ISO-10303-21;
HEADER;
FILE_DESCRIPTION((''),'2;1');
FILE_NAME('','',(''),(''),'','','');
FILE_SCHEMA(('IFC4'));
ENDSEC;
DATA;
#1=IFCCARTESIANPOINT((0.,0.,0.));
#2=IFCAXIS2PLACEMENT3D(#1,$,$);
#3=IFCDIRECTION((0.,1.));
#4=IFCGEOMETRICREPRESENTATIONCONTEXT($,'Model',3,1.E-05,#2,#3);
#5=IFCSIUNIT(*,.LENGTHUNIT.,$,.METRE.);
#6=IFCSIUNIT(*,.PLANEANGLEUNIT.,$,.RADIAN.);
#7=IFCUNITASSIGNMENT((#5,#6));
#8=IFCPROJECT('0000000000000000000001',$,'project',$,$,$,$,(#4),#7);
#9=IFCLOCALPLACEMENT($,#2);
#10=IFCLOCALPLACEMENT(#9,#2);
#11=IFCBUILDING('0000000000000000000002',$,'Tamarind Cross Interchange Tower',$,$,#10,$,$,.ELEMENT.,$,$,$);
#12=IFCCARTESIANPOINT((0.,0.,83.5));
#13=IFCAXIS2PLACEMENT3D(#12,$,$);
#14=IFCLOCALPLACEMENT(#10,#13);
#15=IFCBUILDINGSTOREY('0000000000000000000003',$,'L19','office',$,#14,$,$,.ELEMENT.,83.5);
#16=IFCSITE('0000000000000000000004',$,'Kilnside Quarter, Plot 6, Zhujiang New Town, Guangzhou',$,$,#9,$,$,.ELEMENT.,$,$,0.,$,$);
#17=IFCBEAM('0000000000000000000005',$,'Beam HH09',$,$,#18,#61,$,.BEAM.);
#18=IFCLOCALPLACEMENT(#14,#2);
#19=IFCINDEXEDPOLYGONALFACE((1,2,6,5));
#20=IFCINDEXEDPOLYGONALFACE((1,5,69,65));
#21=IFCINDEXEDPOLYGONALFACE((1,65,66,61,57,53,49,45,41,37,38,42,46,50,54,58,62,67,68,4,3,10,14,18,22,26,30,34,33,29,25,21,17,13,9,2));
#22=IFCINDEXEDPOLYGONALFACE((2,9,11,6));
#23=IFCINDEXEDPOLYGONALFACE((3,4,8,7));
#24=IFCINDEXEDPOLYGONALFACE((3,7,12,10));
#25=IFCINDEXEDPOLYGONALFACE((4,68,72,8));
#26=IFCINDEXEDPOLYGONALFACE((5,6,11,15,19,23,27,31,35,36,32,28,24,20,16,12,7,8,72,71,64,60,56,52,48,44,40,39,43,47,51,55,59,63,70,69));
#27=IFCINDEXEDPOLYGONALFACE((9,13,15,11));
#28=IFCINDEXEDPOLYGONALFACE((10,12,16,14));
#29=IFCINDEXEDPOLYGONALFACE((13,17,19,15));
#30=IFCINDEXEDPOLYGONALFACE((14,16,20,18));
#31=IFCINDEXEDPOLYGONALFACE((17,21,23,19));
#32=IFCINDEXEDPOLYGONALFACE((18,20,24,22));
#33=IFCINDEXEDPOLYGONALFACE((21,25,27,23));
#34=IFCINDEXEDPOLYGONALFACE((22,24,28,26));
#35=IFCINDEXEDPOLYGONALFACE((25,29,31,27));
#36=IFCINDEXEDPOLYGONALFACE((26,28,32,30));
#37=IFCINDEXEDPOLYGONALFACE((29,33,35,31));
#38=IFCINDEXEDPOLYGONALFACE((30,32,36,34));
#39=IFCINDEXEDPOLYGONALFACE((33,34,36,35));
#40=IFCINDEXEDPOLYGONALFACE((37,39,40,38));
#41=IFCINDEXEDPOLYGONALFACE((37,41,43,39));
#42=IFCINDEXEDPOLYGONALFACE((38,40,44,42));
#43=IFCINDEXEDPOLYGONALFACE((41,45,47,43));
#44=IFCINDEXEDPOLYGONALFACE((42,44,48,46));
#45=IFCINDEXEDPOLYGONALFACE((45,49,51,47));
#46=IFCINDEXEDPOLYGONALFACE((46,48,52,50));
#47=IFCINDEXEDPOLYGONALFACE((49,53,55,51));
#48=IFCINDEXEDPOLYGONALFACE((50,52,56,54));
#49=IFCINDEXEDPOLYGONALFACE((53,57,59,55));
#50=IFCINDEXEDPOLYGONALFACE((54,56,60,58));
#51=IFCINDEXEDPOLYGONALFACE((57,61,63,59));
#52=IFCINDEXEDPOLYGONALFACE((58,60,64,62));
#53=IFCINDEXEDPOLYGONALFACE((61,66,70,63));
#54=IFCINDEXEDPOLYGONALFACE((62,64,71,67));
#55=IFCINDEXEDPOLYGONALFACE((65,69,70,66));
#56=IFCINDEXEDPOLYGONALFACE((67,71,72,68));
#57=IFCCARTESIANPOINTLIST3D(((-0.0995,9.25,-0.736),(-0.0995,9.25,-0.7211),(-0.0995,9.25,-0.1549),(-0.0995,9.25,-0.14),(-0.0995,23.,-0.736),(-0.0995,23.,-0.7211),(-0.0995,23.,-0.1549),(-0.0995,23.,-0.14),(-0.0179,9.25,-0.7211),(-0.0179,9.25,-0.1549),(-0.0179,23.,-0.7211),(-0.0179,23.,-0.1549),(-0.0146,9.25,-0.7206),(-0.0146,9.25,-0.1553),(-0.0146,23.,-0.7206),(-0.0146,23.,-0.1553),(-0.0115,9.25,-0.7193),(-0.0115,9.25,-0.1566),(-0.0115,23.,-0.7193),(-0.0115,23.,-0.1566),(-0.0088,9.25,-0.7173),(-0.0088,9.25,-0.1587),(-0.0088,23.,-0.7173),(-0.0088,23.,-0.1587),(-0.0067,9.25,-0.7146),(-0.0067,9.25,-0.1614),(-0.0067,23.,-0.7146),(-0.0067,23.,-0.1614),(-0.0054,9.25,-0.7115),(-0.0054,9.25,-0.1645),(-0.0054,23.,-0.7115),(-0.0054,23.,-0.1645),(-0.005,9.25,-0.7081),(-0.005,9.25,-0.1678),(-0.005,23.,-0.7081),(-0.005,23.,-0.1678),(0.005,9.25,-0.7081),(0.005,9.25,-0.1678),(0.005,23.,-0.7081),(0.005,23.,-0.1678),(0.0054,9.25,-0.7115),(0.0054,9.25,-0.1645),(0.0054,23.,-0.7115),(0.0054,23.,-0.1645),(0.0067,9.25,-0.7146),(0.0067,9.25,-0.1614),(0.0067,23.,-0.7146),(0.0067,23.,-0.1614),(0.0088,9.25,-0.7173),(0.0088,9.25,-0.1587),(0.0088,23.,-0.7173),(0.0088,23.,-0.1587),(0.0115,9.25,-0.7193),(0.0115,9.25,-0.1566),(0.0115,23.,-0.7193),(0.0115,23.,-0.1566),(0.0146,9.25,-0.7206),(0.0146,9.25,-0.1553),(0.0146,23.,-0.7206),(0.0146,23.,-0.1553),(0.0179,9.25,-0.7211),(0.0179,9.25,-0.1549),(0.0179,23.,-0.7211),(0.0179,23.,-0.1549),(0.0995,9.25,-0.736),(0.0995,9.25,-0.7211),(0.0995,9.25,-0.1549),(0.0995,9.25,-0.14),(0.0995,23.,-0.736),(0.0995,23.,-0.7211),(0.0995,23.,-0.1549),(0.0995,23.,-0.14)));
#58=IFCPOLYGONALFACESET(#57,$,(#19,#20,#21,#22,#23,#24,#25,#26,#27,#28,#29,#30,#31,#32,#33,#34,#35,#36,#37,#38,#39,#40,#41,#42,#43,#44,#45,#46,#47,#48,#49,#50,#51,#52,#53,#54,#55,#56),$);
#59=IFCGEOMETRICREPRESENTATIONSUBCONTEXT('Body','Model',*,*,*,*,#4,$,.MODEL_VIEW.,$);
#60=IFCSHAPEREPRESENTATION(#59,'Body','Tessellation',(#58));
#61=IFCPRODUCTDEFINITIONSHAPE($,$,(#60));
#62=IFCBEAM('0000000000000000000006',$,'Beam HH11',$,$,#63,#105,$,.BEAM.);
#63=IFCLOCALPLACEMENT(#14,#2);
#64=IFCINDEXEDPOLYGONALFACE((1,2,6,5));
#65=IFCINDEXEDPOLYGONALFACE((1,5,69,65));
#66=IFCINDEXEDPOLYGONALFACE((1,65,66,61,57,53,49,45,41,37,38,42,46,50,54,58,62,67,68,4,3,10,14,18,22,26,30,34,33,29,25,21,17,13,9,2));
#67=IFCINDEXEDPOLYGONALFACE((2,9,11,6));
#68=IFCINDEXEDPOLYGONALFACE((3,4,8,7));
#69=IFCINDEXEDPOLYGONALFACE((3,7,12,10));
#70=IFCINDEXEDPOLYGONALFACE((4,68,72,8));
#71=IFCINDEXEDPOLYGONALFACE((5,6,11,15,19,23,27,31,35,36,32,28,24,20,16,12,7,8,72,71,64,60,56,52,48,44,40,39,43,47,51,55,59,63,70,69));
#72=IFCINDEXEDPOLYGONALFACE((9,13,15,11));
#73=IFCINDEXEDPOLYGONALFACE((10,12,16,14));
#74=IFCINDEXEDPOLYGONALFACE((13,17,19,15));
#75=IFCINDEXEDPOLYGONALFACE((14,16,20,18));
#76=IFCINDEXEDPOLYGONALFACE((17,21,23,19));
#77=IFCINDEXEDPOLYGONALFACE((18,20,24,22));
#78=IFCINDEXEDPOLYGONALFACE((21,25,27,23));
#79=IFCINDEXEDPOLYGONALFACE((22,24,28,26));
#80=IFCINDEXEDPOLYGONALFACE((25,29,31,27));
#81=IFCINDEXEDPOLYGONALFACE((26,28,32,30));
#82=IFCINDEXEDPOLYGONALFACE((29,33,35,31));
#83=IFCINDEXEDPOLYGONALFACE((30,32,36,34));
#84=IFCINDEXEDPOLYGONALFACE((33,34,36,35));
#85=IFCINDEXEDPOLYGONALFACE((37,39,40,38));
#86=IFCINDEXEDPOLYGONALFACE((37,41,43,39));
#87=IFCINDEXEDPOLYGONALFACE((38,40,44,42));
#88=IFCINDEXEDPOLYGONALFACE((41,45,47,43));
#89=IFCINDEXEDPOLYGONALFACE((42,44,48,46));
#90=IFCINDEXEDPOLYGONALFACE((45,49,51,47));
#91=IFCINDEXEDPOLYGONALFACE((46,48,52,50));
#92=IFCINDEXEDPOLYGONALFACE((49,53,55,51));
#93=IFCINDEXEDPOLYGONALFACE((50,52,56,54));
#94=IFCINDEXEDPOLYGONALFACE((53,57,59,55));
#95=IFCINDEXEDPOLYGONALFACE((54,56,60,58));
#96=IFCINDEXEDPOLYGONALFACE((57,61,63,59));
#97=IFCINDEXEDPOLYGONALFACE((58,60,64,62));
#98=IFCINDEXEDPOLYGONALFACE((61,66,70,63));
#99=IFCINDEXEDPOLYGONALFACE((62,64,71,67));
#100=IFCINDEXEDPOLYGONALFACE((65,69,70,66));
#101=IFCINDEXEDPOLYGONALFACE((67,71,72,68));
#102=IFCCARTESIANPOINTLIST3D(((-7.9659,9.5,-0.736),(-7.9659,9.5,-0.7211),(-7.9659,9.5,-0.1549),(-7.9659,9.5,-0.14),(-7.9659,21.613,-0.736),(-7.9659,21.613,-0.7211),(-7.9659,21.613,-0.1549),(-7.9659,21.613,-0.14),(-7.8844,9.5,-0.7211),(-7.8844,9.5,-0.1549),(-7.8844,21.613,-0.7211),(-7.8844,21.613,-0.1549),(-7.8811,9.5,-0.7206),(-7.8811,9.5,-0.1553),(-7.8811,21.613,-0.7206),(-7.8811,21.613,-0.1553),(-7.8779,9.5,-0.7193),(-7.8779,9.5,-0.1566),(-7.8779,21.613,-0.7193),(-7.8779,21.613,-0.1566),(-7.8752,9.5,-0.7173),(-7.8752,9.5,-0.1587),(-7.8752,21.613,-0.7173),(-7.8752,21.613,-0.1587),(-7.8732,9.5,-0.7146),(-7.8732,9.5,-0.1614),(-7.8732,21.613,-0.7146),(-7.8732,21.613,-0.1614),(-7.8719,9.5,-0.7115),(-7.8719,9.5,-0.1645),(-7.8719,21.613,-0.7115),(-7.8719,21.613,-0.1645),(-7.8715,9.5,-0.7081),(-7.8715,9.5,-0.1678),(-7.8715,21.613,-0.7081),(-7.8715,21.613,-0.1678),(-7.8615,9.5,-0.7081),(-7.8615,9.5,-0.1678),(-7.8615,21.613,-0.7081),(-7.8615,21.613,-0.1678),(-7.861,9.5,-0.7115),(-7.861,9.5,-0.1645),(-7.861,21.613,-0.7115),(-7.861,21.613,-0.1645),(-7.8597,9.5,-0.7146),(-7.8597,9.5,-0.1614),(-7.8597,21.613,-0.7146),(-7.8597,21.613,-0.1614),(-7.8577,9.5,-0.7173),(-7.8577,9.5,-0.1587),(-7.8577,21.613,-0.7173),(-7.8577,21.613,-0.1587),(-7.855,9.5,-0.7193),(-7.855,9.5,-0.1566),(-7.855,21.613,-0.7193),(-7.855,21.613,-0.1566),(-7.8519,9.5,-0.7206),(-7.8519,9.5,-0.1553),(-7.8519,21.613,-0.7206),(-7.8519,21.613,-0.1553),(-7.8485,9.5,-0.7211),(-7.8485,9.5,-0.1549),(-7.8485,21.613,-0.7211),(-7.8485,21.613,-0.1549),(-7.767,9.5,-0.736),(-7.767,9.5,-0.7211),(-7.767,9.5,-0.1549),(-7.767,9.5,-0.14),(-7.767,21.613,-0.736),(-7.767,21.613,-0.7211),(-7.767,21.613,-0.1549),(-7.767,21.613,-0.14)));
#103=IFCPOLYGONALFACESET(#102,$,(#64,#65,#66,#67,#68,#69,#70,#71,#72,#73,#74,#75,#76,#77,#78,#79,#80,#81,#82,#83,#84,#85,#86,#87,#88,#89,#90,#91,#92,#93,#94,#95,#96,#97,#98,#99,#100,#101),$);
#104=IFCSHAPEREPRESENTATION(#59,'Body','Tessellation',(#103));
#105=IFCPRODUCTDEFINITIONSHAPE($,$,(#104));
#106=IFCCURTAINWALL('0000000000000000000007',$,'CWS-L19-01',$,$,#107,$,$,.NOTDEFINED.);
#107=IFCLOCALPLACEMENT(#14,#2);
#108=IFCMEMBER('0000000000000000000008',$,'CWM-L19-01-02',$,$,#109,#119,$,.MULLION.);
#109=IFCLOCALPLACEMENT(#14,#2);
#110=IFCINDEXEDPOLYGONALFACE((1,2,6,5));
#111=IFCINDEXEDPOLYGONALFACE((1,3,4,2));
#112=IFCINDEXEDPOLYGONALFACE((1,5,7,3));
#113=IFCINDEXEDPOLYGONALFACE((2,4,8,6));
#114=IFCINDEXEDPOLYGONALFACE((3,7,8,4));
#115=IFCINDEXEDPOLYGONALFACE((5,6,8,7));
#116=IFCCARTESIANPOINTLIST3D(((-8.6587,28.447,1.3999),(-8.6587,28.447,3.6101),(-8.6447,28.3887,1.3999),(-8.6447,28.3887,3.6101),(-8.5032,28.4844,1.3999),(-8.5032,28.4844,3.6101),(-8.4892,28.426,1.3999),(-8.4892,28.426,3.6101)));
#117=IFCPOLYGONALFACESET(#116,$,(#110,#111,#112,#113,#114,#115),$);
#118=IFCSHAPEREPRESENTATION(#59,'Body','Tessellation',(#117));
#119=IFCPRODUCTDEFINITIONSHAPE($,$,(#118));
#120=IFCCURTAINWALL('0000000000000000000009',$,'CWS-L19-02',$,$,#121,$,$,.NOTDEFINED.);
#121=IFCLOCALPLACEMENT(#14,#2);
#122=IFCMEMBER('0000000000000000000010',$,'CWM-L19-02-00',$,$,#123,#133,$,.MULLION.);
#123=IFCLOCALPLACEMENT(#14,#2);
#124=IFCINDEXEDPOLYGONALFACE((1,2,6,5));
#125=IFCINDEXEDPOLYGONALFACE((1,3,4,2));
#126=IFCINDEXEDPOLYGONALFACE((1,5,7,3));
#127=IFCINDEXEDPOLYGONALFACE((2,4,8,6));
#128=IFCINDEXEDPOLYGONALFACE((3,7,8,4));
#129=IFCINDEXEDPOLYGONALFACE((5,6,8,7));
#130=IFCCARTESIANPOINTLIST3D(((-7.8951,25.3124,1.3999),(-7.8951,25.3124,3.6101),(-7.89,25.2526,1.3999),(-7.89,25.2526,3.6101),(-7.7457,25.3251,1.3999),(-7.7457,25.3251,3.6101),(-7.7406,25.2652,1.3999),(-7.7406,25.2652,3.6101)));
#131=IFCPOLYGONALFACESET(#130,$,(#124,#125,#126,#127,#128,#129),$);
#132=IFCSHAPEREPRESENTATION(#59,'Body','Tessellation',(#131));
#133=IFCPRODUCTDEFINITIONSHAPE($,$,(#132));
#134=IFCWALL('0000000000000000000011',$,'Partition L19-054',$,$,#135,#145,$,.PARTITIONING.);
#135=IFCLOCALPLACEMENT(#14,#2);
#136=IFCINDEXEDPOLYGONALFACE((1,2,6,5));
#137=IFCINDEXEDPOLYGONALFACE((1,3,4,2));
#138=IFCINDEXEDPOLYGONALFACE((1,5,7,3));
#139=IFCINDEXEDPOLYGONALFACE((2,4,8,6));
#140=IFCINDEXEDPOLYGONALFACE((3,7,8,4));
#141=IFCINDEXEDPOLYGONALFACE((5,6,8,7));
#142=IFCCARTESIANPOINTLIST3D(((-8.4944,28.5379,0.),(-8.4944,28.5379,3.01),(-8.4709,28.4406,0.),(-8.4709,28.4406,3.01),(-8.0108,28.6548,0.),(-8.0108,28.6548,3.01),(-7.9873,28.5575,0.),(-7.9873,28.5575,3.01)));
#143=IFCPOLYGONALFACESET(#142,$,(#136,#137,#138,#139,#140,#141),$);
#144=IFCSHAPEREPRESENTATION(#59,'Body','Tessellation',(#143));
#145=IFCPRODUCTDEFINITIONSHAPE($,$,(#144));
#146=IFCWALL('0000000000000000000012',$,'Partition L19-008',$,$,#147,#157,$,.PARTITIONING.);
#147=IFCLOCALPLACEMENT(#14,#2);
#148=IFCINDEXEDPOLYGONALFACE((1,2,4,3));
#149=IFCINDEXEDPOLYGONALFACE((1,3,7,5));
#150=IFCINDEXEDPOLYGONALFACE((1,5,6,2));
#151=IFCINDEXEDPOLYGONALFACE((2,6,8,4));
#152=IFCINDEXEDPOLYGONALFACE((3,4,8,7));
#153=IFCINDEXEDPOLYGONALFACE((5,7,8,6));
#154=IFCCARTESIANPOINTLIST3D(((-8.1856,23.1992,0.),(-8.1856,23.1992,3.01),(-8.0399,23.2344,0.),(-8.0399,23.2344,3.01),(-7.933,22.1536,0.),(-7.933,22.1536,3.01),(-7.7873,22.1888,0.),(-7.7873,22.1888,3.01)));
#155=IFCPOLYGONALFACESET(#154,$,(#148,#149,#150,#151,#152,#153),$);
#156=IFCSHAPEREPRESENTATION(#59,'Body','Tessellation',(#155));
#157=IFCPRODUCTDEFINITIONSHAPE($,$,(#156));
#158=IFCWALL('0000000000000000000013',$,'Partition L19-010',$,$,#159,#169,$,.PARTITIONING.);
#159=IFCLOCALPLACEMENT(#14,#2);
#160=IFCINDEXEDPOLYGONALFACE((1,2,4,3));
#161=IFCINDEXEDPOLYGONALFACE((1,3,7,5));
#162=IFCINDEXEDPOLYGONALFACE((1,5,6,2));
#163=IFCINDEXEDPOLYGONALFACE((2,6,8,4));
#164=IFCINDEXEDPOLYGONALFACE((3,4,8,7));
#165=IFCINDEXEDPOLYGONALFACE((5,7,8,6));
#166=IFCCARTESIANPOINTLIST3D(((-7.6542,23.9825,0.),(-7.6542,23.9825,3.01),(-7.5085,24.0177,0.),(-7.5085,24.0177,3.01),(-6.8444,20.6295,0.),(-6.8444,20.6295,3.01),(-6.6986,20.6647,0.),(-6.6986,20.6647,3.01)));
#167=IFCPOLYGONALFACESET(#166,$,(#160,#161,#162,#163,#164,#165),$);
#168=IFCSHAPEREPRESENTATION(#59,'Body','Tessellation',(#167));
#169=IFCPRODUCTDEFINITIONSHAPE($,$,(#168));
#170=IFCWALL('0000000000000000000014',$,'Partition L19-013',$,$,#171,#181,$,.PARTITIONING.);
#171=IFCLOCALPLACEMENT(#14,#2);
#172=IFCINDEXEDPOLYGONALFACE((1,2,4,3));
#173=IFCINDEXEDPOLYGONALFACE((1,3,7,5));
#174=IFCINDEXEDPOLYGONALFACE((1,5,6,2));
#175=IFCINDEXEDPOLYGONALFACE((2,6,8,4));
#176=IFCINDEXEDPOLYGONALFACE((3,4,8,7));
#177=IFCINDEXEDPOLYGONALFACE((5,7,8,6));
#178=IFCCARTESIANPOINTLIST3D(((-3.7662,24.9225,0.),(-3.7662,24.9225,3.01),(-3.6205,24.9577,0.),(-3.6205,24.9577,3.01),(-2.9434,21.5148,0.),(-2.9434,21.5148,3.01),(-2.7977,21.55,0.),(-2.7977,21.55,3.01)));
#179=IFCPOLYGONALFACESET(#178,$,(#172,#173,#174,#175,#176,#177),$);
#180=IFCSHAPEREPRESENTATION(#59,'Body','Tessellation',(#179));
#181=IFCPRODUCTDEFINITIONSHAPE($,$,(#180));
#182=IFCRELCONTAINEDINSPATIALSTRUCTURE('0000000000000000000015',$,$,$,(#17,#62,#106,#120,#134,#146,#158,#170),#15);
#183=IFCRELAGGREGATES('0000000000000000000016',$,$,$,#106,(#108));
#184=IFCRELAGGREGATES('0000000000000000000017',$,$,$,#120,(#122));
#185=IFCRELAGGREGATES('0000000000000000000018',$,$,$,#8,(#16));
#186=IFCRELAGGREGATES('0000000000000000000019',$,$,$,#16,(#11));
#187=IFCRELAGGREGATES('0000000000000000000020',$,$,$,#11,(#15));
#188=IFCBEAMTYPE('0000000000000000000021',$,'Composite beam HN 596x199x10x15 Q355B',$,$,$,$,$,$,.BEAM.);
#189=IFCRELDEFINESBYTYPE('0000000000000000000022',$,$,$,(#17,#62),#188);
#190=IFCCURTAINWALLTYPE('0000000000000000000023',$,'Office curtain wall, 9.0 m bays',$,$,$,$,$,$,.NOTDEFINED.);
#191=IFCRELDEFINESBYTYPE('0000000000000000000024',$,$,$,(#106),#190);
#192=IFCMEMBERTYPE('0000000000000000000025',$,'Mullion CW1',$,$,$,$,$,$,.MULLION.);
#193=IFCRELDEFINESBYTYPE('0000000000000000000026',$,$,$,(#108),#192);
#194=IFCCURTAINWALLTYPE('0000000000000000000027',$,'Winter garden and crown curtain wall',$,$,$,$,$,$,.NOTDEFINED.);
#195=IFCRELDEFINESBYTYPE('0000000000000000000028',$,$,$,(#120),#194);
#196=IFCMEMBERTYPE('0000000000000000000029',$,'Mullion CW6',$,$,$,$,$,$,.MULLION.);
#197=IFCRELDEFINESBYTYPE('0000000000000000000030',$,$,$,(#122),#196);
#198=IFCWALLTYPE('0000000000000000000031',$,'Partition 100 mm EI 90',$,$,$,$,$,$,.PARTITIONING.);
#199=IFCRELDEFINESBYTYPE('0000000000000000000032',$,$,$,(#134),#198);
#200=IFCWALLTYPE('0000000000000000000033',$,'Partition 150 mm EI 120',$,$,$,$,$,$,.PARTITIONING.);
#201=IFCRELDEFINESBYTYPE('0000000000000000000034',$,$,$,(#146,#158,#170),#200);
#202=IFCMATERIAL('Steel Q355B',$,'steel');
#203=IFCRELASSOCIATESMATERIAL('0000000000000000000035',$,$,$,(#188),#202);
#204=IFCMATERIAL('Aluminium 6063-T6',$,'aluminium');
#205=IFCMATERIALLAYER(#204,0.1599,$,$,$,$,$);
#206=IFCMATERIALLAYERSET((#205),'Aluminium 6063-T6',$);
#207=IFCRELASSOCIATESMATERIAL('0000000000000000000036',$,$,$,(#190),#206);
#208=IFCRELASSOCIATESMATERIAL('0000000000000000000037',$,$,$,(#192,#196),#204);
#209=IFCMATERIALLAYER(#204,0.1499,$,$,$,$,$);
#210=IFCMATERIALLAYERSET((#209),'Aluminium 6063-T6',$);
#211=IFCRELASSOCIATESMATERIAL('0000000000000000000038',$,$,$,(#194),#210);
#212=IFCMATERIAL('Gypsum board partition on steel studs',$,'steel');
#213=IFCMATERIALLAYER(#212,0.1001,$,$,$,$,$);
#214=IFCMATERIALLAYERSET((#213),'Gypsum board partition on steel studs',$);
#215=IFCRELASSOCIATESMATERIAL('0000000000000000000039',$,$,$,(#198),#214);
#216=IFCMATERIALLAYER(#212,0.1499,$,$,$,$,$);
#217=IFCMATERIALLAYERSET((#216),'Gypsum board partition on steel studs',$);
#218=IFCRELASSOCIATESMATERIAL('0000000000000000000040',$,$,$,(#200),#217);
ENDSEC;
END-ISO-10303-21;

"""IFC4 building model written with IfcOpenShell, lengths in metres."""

from ifc_helpers import new_model, si_unit, direction, frame, frame_2d, origin, origin_2d, place, context, subcontext, project, spatial, rectangle, i_section, extrude, material, layer, layer_set, material_profile, profile_set, type_object, element, aggregate, save


model = new_model("IFC4")

# Units and contexts
model_context = context("Model", 3, precision=1e-05, world=origin(), true_north=direction((0.0, 1.0)))
body_context = subcontext(model_context, "Body", "Model", "MODEL_VIEW")
ifc_project = project(units=[si_unit("LENGTHUNIT", "METRE"), si_unit("PLANEANGLEUNIT", "RADIAN")], contexts=[model_context])

# Site, building, storey
site_placement = place(None, origin())
site = spatial("IfcSite", under=ifc_project, at=site_placement, Name="Kilnside Quarter, Plot 6, Zhujiang New Town, Guangzhou", CompositionType="ELEMENT", RefElevation=0.0)
building_placement = place(site_placement, origin())
building = spatial("IfcBuilding", under=site, at=building_placement, Name="Tamarind Cross Interchange Tower", CompositionType="ELEMENT")
storey_placement = place(building_placement, frame((0.0, 0.0, 83.5)))
storey = spatial("IfcBuildingStorey", under=building, at=storey_placement, Name="L19", Description="office", CompositionType="ELEMENT", Elevation=83.5)

# Beams
ifc_material_1 = material(Name="Steel Q355B", Category="steel")
ifc_material_profile_1 = material_profile(ifc_material_1, i_section(OverallWidth=0.199, OverallDepth=0.5959, WebThickness=0.01, FlangeThickness=0.0149, FilletRadius=0.0129, at=origin_2d()), Name="HN 596x199x10x15")
ifc_profile_set_1 = profile_set([ifc_material_profile_1], Name="Steel Q355B")
beam_type_1 = type_object("IfcBeamType", Name="Composite beam HN 596x199x10x15 Q355B", PredefinedType="BEAM", material=ifc_profile_set_1)
beam_1_placement = place(storey_placement, frame((0.0, 23.0, -0.438), z_axis=(0.0, -1.0, 0.0), x_axis=(1.0, 0.0, 0.0)))
element("IfcBeam", 1, at=beam_1_placement, inside=storey, type_object=beam_type_1, Name="Beam HH09", PredefinedType="BEAM", context=body_context, shape_type="SweptSolid", body=[
    extrude(i_section(OverallWidth=0.199, OverallDepth=0.5959, WebThickness=0.01, FlangeThickness=0.0149, FilletRadius=0.0129, at=origin_2d()), origin(), (0.0, 0.0, 1.0), 13.75),
])
beam_2_placement = place(storey_placement, frame((-7.8665, 21.613, -0.438), z_axis=(0.0, -1.0, 0.0), x_axis=(1.0, 0.0, 0.0)))
element("IfcBeam", 2, at=beam_2_placement, inside=storey, type_object=beam_type_1, Name="Beam HH11", PredefinedType="BEAM", context=body_context, shape_type="SweptSolid", body=[
    extrude(i_section(OverallWidth=0.199, OverallDepth=0.5959, WebThickness=0.01, FlangeThickness=0.0149, FilletRadius=0.0129, at=origin_2d()), origin(), (0.0, 0.0, 1.0), 12.113),
])

# Curtain walls, members
ifc_material_2 = material(Name="Aluminium 6063-T6", Category="aluminium")
ifc_layer_1 = layer(ifc_material_2, 0.1599)
ifc_layer_set_1 = layer_set([ifc_layer_1], Name="Aluminium 6063-T6")
curtain_wall_type_1 = type_object("IfcCurtainWallType", Name="Office curtain wall, 9.0 m bays", PredefinedType="NOTDEFINED", material=ifc_layer_set_1)
curtain_wall_1_placement = place(storey_placement, origin())
curtain_wall_1 = element("IfcCurtainWall", 3, at=curtain_wall_1_placement, inside=storey, type_object=curtain_wall_type_1, Name="CWS-L19-01", PredefinedType="NOTDEFINED")
ifc_material_profile_2 = material_profile(ifc_material_2, rectangle(XDim=0.0601, YDim=0.1599, at=origin_2d()), Name="Mullion CW1")
ifc_profile_set_2 = profile_set([ifc_material_profile_2], Name="Aluminium 6063-T6")
member_type_1 = type_object("IfcMemberType", Name="Mullion CW1", PredefinedType="MULLION", material=ifc_profile_set_2)
member_1_placement = place(storey_placement, frame((-8.574, 28.4365, 1.3999), z_axis=(0.0, 0.0, 1.0), x_axis=(0.233544, -0.972346, 0.0)))
member_1 = element("IfcMember", 4, at=member_1_placement, type_object=member_type_1, Name="CWM-L19-01-02", PredefinedType="MULLION", context=body_context, shape_type="SweptSolid", body=[
    extrude(rectangle(XDim=0.0601, YDim=0.1599, at=origin_2d()), origin(), (0.0, 0.0, 1.0), 2.2102),
])
aggregate(curtain_wall_1, [member_1])
ifc_layer_2 = layer(ifc_material_2, 0.1499)
ifc_layer_set_2 = layer_set([ifc_layer_2], Name="Aluminium 6063-T6")
curtain_wall_type_2 = type_object("IfcCurtainWallType", Name="Winter garden and crown curtain wall", PredefinedType="NOTDEFINED", material=ifc_layer_set_2)
curtain_wall_2_placement = place(storey_placement, origin())
curtain_wall_2 = element("IfcCurtainWall", 5, at=curtain_wall_2_placement, inside=storey, type_object=curtain_wall_type_2, Name="CWS-L19-02", PredefinedType="NOTDEFINED")
ifc_material_profile_3 = material_profile(ifc_material_2, rectangle(XDim=0.0601, YDim=0.1499, at=origin_2d()), Name="Mullion CW6")
ifc_profile_set_3 = profile_set([ifc_material_profile_3], Name="Aluminium 6063-T6")
member_type_2 = type_object("IfcMemberType", Name="Mullion CW6", PredefinedType="MULLION", material=ifc_profile_set_3)
member_2_placement = place(storey_placement, frame((-7.8179, 25.2888, 1.3999), z_axis=(0.0, 0.0, 1.0), x_axis=(0.084647, -0.996411, 0.0)))
member_2 = element("IfcMember", 6, at=member_2_placement, type_object=member_type_2, Name="CWM-L19-02-00", PredefinedType="MULLION", context=body_context, shape_type="SweptSolid", body=[
    extrude(rectangle(XDim=0.0601, YDim=0.1499, at=origin_2d()), origin(), (0.0, 0.0, 1.0), 2.2102),
])
aggregate(curtain_wall_2, [member_2])

# Walls
ifc_material_3 = material(Name="Gypsum board partition on steel studs", Category="steel")
ifc_layer_3 = layer(ifc_material_3, 0.1001)
ifc_layer_set_3 = layer_set([ifc_layer_3], Name="Gypsum board partition on steel studs")
wall_type_1 = type_object("IfcWallType", Name="Partition 100 mm EI 90", PredefinedType="PARTITIONING", material=ifc_layer_set_3)
wall_1_placement = place(storey_placement, frame((-8.4827, 28.4893, 0.0), z_axis=(0.0, 0.0, 1.0), x_axis=(0.97199, 0.235024, 0.0)))
element("IfcWall", 7, at=wall_1_placement, inside=storey, type_object=wall_type_1, Name="Partition L19-054", PredefinedType="PARTITIONING", context=body_context, shape_type="SweptSolid", body=[
    extrude(rectangle(XDim=0.4976, YDim=0.1001, at=frame_2d((0.2488, 0.0))), origin(), (0.0, 0.0, 1.0), 3.01),
])
ifc_layer_4 = layer(ifc_material_3, 0.1499)
ifc_layer_set_4 = layer_set([ifc_layer_4], Name="Gypsum board partition on steel studs")
wall_type_2 = type_object("IfcWallType", Name="Partition 150 mm EI 120", PredefinedType="PARTITIONING", material=ifc_layer_set_4)
wall_2_placement = place(storey_placement, frame((-8.1128, 23.2168, 0.0), z_axis=(0.0, 0.0, 1.0), x_axis=(0.234892, -0.972021, 0.0)))
element("IfcWall", 8, at=wall_2_placement, inside=storey, type_object=wall_type_2, Name="Partition L19-008", PredefinedType="PARTITIONING", context=body_context, shape_type="SweptSolid", body=[
    extrude(rectangle(XDim=1.0757, YDim=0.1499, at=frame_2d((0.5378, 0.0))), origin(), (0.0, 0.0, 1.0), 3.01),
])
wall_3_placement = place(storey_placement, frame((-7.5813, 24.0, 0.0), z_axis=(0.0, 0.0, 1.0), x_axis=(0.234767, -0.972052, 0.0)))
element("IfcWall", 9, at=wall_3_placement, inside=storey, type_object=wall_type_2, Name="Partition L19-010", PredefinedType="PARTITIONING", context=body_context, shape_type="SweptSolid", body=[
    extrude(rectangle(XDim=3.4495, YDim=0.1499, at=frame_2d((1.7246, 0.0))), origin(), (0.0, 0.0, 1.0), 3.01),
])
wall_4_placement = place(storey_placement, frame((-3.6934, 24.9402, 0.0), z_axis=(0.0, 0.0, 1.0), x_axis=(0.234695, -0.972069, 0.0)))
element("IfcWall", 10, at=wall_4_placement, inside=storey, type_object=wall_type_2, Name="Partition L19-013", PredefinedType="PARTITIONING", context=body_context, shape_type="SweptSolid", body=[
    extrude(rectangle(XDim=3.5056, YDim=0.1499, at=frame_2d((1.7529, 0.0))), origin(), (0.0, 0.0, 1.0), 3.01),
])

save(model, "model.ifc")
